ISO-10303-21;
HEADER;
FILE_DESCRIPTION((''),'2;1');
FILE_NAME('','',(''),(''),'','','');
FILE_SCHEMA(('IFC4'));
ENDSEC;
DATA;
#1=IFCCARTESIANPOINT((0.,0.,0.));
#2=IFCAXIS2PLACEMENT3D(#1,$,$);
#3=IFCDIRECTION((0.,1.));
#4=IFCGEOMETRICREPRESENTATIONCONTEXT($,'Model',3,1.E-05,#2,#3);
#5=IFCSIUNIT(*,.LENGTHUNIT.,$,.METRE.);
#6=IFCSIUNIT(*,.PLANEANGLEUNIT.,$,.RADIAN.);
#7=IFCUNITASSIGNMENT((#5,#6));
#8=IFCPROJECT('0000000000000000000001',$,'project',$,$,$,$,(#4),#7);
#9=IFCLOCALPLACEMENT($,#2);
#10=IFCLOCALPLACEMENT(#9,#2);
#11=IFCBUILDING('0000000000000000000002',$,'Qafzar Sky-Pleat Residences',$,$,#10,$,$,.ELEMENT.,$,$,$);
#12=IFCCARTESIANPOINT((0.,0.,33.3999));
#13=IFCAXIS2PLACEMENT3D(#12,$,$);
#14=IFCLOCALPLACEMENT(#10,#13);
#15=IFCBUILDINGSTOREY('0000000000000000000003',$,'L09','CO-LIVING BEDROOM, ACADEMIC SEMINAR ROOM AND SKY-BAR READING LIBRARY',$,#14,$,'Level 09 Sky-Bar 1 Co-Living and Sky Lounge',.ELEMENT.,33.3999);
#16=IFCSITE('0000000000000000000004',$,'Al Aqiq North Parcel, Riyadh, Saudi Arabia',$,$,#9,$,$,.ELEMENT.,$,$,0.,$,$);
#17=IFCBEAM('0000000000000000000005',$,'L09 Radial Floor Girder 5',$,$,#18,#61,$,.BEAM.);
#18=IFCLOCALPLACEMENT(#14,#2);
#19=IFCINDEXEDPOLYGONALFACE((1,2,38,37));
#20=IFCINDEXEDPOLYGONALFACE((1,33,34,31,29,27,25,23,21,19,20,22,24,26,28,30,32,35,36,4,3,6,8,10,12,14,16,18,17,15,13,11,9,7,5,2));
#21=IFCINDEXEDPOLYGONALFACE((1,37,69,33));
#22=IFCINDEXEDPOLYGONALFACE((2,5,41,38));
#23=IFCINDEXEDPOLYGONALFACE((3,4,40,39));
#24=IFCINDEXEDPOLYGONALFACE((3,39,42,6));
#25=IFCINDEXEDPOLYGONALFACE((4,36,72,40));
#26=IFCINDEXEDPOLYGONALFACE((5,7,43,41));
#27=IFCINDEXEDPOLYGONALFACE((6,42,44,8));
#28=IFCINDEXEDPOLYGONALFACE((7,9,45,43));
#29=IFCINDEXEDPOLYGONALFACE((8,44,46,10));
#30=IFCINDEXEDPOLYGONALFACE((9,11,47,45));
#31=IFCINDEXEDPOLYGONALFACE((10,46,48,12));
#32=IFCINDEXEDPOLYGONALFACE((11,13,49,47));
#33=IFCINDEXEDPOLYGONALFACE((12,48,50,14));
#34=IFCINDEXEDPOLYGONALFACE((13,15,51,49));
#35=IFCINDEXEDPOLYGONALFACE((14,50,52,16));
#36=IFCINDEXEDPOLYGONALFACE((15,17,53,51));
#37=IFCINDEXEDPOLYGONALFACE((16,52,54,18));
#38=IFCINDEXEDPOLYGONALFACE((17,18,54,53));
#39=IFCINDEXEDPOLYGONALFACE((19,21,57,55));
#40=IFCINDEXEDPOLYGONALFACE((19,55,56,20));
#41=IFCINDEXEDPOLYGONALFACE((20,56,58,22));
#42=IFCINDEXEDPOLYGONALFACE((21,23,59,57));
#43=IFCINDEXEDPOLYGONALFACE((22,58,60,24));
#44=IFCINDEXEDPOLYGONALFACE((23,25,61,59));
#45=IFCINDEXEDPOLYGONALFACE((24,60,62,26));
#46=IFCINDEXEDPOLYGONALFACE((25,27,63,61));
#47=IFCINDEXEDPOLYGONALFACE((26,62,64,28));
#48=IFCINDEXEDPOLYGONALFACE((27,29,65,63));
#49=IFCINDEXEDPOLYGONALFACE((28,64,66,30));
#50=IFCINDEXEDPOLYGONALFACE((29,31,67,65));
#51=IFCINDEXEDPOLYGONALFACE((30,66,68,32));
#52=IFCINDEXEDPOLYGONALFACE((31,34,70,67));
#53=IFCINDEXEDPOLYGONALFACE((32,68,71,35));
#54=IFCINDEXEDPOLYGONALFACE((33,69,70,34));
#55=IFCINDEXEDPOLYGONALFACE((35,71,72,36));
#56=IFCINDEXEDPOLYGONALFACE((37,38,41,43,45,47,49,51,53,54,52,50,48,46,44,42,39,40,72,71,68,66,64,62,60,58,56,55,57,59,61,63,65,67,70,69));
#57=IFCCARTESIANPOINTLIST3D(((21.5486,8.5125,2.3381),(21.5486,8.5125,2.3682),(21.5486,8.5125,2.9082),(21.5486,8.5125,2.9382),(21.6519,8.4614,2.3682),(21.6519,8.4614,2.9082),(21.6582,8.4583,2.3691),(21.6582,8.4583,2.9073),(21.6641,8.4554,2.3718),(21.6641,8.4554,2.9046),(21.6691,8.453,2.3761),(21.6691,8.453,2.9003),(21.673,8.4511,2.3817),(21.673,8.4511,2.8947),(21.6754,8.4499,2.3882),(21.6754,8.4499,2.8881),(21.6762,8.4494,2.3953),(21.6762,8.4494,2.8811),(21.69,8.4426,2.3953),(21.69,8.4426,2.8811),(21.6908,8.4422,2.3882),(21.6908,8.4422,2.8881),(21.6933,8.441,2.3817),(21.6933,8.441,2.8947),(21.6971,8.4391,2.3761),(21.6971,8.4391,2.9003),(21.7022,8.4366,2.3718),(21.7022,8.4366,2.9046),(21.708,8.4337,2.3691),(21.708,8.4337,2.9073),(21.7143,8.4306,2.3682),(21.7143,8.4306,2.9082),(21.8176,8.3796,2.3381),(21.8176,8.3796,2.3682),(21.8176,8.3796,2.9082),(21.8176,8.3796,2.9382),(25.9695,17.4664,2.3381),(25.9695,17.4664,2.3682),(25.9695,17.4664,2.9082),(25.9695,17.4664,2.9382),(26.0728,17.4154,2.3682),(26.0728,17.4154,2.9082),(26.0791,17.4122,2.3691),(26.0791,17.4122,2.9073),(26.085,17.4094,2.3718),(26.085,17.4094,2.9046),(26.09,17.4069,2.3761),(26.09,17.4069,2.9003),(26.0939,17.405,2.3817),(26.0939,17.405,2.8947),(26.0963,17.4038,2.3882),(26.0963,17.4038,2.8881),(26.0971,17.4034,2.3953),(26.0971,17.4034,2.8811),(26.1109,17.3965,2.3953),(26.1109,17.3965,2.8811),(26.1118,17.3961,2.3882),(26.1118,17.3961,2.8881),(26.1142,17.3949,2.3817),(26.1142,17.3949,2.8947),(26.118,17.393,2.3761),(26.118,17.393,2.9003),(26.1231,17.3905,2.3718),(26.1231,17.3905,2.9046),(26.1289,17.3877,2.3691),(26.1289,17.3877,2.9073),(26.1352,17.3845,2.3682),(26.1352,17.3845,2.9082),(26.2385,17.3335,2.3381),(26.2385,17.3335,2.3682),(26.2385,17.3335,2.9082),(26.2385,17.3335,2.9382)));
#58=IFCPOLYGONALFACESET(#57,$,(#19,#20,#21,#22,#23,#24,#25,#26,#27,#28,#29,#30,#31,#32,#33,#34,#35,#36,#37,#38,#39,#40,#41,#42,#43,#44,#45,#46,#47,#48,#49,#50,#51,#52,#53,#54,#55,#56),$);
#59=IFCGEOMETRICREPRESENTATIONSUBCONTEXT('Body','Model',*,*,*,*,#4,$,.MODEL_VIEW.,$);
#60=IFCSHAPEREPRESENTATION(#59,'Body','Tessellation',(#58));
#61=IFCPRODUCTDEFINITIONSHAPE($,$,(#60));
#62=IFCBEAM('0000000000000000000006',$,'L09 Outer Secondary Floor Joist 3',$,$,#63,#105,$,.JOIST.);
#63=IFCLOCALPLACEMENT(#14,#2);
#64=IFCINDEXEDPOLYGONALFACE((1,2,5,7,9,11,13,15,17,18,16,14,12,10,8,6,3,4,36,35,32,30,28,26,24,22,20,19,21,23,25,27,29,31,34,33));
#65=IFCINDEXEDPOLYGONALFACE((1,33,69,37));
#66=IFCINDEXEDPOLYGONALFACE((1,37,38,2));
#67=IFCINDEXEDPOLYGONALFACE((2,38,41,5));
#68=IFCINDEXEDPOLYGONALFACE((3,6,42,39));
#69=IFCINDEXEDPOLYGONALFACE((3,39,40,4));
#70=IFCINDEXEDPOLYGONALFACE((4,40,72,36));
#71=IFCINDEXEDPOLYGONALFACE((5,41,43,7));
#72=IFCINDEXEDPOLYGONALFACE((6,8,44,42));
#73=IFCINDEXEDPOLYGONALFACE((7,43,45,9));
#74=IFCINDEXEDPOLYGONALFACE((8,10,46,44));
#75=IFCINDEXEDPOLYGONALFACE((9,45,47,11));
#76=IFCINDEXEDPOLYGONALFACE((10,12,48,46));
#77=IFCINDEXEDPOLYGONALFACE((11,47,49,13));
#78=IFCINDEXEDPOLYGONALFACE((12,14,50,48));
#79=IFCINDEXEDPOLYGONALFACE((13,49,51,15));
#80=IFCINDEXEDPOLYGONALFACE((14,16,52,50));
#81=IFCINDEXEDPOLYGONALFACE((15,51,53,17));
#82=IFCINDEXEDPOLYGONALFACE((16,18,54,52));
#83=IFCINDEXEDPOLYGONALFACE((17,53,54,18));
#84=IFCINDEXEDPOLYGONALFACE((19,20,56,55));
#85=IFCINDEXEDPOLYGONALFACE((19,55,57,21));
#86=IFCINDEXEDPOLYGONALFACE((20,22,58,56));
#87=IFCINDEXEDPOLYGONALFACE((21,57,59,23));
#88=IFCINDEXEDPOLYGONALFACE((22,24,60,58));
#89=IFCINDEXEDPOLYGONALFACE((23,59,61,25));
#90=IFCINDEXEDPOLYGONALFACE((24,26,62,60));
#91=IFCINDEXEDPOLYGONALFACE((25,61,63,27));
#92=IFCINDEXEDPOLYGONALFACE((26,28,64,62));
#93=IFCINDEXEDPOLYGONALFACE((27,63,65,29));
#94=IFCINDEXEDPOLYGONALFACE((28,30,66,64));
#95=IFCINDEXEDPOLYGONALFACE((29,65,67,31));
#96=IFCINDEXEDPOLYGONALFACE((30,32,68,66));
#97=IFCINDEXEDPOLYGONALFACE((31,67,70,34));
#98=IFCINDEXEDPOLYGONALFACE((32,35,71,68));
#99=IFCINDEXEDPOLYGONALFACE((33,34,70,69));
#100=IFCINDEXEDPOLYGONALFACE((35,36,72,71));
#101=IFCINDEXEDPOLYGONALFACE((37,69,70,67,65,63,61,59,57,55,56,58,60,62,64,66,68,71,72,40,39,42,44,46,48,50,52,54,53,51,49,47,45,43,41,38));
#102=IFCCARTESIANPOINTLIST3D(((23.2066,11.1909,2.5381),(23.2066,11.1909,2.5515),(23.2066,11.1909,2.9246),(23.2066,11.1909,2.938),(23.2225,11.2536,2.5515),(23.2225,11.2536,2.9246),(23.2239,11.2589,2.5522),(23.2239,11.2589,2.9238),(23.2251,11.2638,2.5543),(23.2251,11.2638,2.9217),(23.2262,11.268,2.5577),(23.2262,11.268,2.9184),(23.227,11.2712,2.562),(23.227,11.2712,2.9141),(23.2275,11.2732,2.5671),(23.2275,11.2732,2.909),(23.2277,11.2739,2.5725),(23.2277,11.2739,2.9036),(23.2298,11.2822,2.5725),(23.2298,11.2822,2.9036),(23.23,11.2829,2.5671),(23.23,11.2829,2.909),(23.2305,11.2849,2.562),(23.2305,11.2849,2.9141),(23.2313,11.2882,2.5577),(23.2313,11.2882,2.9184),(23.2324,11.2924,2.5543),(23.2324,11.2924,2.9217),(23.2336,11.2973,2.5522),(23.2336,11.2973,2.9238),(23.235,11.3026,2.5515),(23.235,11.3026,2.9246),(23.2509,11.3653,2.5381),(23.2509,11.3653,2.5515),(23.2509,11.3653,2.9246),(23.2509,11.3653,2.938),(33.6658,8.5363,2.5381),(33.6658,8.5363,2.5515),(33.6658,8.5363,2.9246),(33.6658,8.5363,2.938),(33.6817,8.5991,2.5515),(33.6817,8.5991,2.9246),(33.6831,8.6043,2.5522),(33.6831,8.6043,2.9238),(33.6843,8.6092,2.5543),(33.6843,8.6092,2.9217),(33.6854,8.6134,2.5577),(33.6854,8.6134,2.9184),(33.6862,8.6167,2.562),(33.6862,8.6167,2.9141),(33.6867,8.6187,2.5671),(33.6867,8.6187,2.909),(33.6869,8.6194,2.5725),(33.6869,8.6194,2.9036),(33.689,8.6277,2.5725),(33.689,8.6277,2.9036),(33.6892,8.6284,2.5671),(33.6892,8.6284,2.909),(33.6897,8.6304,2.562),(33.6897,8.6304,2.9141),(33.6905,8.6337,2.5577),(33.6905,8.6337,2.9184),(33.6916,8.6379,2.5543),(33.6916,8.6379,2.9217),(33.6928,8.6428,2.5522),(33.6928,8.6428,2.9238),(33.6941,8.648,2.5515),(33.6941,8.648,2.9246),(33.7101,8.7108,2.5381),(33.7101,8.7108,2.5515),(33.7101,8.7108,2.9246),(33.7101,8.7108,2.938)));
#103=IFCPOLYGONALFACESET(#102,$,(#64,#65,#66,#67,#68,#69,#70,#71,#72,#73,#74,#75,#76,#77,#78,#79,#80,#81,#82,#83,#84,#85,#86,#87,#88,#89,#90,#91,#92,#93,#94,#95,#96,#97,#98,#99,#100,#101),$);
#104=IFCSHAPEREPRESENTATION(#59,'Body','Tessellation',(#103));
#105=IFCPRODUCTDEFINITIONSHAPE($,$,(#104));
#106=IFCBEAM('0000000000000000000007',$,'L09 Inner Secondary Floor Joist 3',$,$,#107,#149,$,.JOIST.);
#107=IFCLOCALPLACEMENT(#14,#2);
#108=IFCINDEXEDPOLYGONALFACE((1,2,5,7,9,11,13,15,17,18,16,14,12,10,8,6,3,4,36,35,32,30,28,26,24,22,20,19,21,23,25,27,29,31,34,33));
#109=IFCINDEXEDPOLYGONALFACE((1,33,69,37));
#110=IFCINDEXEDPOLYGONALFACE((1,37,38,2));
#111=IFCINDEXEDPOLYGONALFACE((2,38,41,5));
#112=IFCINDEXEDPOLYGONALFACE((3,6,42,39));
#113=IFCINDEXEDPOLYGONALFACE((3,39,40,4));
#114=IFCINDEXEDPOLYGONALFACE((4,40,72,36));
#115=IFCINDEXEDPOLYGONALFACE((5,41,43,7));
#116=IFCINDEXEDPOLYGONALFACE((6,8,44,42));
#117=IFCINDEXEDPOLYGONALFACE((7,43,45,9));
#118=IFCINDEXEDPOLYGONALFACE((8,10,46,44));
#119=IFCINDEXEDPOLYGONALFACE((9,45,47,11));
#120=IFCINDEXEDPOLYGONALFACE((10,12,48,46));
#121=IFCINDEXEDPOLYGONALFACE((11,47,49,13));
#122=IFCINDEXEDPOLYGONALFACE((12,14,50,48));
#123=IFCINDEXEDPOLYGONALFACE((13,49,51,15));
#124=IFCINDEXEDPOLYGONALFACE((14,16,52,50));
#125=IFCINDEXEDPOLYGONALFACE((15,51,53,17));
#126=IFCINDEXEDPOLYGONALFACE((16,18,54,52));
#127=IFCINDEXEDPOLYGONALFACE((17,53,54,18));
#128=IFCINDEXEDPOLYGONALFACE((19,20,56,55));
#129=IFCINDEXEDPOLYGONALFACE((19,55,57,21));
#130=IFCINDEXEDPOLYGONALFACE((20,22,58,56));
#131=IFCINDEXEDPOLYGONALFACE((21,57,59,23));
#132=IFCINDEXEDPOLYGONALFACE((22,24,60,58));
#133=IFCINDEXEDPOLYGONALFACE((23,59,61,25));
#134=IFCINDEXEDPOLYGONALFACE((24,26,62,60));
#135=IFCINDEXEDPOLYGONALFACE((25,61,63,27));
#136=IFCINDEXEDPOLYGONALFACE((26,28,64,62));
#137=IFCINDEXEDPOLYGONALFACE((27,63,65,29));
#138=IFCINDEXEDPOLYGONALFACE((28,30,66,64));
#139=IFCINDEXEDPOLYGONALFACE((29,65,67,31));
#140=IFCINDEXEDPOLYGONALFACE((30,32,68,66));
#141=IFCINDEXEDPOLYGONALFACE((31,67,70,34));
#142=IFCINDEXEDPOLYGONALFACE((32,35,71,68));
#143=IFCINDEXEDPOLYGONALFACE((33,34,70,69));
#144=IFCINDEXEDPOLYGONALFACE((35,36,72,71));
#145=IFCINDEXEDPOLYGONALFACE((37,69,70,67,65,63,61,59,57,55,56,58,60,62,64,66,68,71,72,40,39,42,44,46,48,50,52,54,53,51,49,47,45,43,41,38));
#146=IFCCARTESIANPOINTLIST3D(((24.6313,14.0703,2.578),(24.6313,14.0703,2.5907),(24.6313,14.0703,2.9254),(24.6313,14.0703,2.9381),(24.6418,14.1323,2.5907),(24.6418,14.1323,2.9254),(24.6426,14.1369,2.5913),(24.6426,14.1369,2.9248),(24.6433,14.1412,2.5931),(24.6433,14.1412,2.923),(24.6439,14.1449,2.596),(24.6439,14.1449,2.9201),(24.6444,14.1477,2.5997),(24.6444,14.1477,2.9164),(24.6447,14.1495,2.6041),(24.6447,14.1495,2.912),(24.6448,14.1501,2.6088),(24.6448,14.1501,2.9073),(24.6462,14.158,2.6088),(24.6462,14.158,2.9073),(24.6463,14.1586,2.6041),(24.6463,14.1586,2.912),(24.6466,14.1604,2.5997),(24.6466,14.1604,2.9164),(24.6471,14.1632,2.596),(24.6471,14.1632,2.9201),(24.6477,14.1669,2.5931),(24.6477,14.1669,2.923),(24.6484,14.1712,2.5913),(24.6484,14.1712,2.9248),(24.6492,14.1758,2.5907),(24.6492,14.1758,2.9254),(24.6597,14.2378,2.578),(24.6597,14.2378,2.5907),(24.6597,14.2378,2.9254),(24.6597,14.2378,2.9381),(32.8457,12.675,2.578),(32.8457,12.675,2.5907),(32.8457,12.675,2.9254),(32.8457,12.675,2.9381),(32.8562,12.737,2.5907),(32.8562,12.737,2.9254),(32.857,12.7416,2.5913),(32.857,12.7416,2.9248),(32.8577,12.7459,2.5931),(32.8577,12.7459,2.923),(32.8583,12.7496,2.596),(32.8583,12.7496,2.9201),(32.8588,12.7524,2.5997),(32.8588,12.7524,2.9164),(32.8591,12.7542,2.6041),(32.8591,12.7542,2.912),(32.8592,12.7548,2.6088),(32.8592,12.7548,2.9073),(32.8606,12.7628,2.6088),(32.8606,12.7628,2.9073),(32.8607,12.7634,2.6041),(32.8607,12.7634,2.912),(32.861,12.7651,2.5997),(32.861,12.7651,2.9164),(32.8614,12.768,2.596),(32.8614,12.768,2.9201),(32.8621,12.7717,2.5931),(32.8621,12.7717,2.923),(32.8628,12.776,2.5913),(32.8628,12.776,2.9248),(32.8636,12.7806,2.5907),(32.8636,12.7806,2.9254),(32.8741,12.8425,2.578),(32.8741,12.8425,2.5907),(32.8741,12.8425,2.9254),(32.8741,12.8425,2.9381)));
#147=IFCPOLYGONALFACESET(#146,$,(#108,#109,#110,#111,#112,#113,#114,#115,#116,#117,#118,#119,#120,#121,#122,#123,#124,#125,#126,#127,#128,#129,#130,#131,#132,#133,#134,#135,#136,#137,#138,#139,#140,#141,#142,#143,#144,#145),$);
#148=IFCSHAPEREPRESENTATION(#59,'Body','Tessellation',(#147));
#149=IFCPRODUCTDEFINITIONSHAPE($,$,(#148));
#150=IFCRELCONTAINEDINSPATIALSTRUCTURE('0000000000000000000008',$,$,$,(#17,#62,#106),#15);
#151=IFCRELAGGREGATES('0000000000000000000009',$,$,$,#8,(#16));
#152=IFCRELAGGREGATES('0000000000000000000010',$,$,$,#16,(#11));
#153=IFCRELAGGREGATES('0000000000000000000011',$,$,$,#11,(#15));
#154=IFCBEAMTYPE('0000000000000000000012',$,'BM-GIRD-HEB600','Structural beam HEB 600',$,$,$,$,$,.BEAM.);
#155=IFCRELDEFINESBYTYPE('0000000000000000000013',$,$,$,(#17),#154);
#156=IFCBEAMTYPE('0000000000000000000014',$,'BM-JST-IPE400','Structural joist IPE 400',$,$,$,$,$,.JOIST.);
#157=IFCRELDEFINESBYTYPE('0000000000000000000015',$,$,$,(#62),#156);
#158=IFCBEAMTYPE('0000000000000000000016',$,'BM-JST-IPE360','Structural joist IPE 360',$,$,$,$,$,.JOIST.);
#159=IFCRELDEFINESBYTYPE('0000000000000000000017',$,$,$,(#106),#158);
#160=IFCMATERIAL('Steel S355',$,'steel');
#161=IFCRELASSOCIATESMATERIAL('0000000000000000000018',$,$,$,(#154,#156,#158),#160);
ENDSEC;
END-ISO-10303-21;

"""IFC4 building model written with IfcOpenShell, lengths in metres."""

from ifc_helpers import new_model, si_unit, direction, frame, origin, origin_2d, place, context, subcontext, project, spatial, i_section, extrude, source, transform, mapped, material, material_profile, profile_set, type_object, element, save


model = new_model("IFC4")

# Units and contexts
model_context = context("Model", 3, precision=1e-05, world=origin(), true_north=direction((0.0, 1.0)))
body_context = subcontext(model_context, "Body", "Model", "MODEL_VIEW")
ifc_project = project(units=[si_unit("LENGTHUNIT", "METRE"), si_unit("PLANEANGLEUNIT", "RADIAN")], contexts=[model_context])

# Site, building, storey
site_placement = place(None, origin())
site = spatial("IfcSite", under=ifc_project, at=site_placement, Name="Al Aqiq North Parcel, Riyadh, Saudi Arabia", CompositionType="ELEMENT", RefElevation=0.0)
building_placement = place(site_placement, origin())
building = spatial("IfcBuilding", under=site, at=building_placement, Name="Qafzar Sky-Pleat Residences", CompositionType="ELEMENT")
storey_placement = place(building_placement, frame((0.0, 0.0, 33.3999)))
storey = spatial("IfcBuildingStorey", under=building, at=storey_placement, Name="L09", Description="CO-LIVING BEDROOM, ACADEMIC SEMINAR ROOM AND SKY-BAR READING LIBRARY", LongName="Level 09 Sky-Bar 1 Co-Living and Sky Lounge", CompositionType="ELEMENT", Elevation=33.3999)

# Beams
ifc_material_1 = material(Name="Steel S355", Category="steel")
ifc_material_profile_1 = material_profile(ifc_material_1, i_section(OverallWidth=0.3, OverallDepth=0.6001, WebThickness=0.0154, FlangeThickness=0.03, FilletRadius=0.0271, at=origin_2d()), Name="HEB 600")
ifc_profile_set_1 = profile_set([ifc_material_profile_1], Name="Steel S355")
beam_type_1 = type_object("IfcBeamType", Name="BM-GIRD-HEB600", Description="Structural beam HEB 600", PredefinedType="BEAM", material=ifc_profile_set_1)
shared_shape_1 = source(origin(), body_context, "Body", "SweptSolid", [
    extrude(i_section(OverallWidth=0.3, OverallDepth=0.6001, WebThickness=0.0154, FlangeThickness=0.03, FilletRadius=0.0271, at=origin_2d()), origin(), (0.0, 0.0, 1.0), 9.9858),
])
beam_1_placement = place(storey_placement, frame((21.6831, 8.446, 2.6382), z_axis=(0.442719, 0.89666, 0.0), x_axis=(-0.89666, 0.442719, 0.0)))
element("IfcBeam", 1, at=beam_1_placement, inside=storey, type_object=beam_type_1, Name="L09 Radial Floor Girder 5", PredefinedType="BEAM", context=body_context, shape_type="MappedRepresentation", body=[
    mapped(shared_shape_1, transform((0.0, 0.0, 0.0), x_axis=(1.0, 0.0, 0.0), y_axis=(0.0, 1.0, 0.0), z_axis=(0.0, 0.0, 1.0), scale=1.0)),
])
ifc_material_profile_2 = material_profile(ifc_material_1, i_section(OverallWidth=0.1799, OverallDepth=0.3999, WebThickness=0.0085, FlangeThickness=0.0134, FilletRadius=0.021, at=origin_2d()), Name="IPE 400")
ifc_profile_set_2 = profile_set([ifc_material_profile_2], Name="Steel S355")
beam_type_2 = type_object("IfcBeamType", Name="BM-JST-IPE400", Description="Structural joist IPE 400", PredefinedType="JOIST", material=ifc_profile_set_2)
shared_shape_2 = source(origin(), body_context, "Body", "SweptSolid", [
    extrude(i_section(OverallWidth=0.1799, OverallDepth=0.3999, WebThickness=0.0085, FlangeThickness=0.0134, FilletRadius=0.021, at=origin_2d()), origin(), (0.0, 0.0, 1.0), 10.7908),
])
beam_2_placement = place(storey_placement, frame((23.2288, 11.2781, 2.738), z_axis=(0.96927, -0.246, 0.0), x_axis=(0.246, 0.96927, 0.0)))
element("IfcBeam", 2, at=beam_2_placement, inside=storey, type_object=beam_type_2, Name="L09 Outer Secondary Floor Joist 3", PredefinedType="JOIST", context=body_context, shape_type="MappedRepresentation", body=[
    mapped(shared_shape_2, transform((0.0, 0.0, 0.0), x_axis=(1.0, 0.0, 0.0), y_axis=(0.0, 1.0, 0.0), z_axis=(0.0, 0.0, 1.0), scale=1.0)),
])
ifc_material_profile_3 = material_profile(ifc_material_1, i_section(OverallWidth=0.1699, OverallDepth=0.3601, WebThickness=0.0081, FlangeThickness=0.0127, FilletRadius=0.0181, at=origin_2d()), Name="IPE 360")
ifc_profile_set_3 = profile_set([ifc_material_profile_3], Name="Steel S355")
beam_type_3 = type_object("IfcBeamType", Name="BM-JST-IPE360", Description="Structural joist IPE 360", PredefinedType="JOIST", material=ifc_profile_set_3)
shared_shape_3 = source(origin(), body_context, "Body", "SweptSolid", [
    extrude(i_section(OverallWidth=0.1699, OverallDepth=0.3601, WebThickness=0.0081, FlangeThickness=0.0127, FilletRadius=0.0181, at=origin_2d()), origin(), (0.0, 0.0, 1.0), 8.332),
])
beam_3_placement = place(storey_placement, frame((24.6455, 14.1541, 2.7581), z_axis=(0.985879, -0.167458, 0.0), x_axis=(0.167458, 0.985879, 0.0)))
element("IfcBeam", 3, at=beam_3_placement, inside=storey, type_object=beam_type_3, Name="L09 Inner Secondary Floor Joist 3", PredefinedType="JOIST", context=body_context, shape_type="MappedRepresentation", body=[
    mapped(shared_shape_3, transform((0.0, 0.0, 0.0), x_axis=(1.0, 0.0, 0.0), y_axis=(0.0, 1.0, 0.0), z_axis=(0.0, 0.0, 1.0), scale=1.0)),
])

save(model, "model.ifc")
